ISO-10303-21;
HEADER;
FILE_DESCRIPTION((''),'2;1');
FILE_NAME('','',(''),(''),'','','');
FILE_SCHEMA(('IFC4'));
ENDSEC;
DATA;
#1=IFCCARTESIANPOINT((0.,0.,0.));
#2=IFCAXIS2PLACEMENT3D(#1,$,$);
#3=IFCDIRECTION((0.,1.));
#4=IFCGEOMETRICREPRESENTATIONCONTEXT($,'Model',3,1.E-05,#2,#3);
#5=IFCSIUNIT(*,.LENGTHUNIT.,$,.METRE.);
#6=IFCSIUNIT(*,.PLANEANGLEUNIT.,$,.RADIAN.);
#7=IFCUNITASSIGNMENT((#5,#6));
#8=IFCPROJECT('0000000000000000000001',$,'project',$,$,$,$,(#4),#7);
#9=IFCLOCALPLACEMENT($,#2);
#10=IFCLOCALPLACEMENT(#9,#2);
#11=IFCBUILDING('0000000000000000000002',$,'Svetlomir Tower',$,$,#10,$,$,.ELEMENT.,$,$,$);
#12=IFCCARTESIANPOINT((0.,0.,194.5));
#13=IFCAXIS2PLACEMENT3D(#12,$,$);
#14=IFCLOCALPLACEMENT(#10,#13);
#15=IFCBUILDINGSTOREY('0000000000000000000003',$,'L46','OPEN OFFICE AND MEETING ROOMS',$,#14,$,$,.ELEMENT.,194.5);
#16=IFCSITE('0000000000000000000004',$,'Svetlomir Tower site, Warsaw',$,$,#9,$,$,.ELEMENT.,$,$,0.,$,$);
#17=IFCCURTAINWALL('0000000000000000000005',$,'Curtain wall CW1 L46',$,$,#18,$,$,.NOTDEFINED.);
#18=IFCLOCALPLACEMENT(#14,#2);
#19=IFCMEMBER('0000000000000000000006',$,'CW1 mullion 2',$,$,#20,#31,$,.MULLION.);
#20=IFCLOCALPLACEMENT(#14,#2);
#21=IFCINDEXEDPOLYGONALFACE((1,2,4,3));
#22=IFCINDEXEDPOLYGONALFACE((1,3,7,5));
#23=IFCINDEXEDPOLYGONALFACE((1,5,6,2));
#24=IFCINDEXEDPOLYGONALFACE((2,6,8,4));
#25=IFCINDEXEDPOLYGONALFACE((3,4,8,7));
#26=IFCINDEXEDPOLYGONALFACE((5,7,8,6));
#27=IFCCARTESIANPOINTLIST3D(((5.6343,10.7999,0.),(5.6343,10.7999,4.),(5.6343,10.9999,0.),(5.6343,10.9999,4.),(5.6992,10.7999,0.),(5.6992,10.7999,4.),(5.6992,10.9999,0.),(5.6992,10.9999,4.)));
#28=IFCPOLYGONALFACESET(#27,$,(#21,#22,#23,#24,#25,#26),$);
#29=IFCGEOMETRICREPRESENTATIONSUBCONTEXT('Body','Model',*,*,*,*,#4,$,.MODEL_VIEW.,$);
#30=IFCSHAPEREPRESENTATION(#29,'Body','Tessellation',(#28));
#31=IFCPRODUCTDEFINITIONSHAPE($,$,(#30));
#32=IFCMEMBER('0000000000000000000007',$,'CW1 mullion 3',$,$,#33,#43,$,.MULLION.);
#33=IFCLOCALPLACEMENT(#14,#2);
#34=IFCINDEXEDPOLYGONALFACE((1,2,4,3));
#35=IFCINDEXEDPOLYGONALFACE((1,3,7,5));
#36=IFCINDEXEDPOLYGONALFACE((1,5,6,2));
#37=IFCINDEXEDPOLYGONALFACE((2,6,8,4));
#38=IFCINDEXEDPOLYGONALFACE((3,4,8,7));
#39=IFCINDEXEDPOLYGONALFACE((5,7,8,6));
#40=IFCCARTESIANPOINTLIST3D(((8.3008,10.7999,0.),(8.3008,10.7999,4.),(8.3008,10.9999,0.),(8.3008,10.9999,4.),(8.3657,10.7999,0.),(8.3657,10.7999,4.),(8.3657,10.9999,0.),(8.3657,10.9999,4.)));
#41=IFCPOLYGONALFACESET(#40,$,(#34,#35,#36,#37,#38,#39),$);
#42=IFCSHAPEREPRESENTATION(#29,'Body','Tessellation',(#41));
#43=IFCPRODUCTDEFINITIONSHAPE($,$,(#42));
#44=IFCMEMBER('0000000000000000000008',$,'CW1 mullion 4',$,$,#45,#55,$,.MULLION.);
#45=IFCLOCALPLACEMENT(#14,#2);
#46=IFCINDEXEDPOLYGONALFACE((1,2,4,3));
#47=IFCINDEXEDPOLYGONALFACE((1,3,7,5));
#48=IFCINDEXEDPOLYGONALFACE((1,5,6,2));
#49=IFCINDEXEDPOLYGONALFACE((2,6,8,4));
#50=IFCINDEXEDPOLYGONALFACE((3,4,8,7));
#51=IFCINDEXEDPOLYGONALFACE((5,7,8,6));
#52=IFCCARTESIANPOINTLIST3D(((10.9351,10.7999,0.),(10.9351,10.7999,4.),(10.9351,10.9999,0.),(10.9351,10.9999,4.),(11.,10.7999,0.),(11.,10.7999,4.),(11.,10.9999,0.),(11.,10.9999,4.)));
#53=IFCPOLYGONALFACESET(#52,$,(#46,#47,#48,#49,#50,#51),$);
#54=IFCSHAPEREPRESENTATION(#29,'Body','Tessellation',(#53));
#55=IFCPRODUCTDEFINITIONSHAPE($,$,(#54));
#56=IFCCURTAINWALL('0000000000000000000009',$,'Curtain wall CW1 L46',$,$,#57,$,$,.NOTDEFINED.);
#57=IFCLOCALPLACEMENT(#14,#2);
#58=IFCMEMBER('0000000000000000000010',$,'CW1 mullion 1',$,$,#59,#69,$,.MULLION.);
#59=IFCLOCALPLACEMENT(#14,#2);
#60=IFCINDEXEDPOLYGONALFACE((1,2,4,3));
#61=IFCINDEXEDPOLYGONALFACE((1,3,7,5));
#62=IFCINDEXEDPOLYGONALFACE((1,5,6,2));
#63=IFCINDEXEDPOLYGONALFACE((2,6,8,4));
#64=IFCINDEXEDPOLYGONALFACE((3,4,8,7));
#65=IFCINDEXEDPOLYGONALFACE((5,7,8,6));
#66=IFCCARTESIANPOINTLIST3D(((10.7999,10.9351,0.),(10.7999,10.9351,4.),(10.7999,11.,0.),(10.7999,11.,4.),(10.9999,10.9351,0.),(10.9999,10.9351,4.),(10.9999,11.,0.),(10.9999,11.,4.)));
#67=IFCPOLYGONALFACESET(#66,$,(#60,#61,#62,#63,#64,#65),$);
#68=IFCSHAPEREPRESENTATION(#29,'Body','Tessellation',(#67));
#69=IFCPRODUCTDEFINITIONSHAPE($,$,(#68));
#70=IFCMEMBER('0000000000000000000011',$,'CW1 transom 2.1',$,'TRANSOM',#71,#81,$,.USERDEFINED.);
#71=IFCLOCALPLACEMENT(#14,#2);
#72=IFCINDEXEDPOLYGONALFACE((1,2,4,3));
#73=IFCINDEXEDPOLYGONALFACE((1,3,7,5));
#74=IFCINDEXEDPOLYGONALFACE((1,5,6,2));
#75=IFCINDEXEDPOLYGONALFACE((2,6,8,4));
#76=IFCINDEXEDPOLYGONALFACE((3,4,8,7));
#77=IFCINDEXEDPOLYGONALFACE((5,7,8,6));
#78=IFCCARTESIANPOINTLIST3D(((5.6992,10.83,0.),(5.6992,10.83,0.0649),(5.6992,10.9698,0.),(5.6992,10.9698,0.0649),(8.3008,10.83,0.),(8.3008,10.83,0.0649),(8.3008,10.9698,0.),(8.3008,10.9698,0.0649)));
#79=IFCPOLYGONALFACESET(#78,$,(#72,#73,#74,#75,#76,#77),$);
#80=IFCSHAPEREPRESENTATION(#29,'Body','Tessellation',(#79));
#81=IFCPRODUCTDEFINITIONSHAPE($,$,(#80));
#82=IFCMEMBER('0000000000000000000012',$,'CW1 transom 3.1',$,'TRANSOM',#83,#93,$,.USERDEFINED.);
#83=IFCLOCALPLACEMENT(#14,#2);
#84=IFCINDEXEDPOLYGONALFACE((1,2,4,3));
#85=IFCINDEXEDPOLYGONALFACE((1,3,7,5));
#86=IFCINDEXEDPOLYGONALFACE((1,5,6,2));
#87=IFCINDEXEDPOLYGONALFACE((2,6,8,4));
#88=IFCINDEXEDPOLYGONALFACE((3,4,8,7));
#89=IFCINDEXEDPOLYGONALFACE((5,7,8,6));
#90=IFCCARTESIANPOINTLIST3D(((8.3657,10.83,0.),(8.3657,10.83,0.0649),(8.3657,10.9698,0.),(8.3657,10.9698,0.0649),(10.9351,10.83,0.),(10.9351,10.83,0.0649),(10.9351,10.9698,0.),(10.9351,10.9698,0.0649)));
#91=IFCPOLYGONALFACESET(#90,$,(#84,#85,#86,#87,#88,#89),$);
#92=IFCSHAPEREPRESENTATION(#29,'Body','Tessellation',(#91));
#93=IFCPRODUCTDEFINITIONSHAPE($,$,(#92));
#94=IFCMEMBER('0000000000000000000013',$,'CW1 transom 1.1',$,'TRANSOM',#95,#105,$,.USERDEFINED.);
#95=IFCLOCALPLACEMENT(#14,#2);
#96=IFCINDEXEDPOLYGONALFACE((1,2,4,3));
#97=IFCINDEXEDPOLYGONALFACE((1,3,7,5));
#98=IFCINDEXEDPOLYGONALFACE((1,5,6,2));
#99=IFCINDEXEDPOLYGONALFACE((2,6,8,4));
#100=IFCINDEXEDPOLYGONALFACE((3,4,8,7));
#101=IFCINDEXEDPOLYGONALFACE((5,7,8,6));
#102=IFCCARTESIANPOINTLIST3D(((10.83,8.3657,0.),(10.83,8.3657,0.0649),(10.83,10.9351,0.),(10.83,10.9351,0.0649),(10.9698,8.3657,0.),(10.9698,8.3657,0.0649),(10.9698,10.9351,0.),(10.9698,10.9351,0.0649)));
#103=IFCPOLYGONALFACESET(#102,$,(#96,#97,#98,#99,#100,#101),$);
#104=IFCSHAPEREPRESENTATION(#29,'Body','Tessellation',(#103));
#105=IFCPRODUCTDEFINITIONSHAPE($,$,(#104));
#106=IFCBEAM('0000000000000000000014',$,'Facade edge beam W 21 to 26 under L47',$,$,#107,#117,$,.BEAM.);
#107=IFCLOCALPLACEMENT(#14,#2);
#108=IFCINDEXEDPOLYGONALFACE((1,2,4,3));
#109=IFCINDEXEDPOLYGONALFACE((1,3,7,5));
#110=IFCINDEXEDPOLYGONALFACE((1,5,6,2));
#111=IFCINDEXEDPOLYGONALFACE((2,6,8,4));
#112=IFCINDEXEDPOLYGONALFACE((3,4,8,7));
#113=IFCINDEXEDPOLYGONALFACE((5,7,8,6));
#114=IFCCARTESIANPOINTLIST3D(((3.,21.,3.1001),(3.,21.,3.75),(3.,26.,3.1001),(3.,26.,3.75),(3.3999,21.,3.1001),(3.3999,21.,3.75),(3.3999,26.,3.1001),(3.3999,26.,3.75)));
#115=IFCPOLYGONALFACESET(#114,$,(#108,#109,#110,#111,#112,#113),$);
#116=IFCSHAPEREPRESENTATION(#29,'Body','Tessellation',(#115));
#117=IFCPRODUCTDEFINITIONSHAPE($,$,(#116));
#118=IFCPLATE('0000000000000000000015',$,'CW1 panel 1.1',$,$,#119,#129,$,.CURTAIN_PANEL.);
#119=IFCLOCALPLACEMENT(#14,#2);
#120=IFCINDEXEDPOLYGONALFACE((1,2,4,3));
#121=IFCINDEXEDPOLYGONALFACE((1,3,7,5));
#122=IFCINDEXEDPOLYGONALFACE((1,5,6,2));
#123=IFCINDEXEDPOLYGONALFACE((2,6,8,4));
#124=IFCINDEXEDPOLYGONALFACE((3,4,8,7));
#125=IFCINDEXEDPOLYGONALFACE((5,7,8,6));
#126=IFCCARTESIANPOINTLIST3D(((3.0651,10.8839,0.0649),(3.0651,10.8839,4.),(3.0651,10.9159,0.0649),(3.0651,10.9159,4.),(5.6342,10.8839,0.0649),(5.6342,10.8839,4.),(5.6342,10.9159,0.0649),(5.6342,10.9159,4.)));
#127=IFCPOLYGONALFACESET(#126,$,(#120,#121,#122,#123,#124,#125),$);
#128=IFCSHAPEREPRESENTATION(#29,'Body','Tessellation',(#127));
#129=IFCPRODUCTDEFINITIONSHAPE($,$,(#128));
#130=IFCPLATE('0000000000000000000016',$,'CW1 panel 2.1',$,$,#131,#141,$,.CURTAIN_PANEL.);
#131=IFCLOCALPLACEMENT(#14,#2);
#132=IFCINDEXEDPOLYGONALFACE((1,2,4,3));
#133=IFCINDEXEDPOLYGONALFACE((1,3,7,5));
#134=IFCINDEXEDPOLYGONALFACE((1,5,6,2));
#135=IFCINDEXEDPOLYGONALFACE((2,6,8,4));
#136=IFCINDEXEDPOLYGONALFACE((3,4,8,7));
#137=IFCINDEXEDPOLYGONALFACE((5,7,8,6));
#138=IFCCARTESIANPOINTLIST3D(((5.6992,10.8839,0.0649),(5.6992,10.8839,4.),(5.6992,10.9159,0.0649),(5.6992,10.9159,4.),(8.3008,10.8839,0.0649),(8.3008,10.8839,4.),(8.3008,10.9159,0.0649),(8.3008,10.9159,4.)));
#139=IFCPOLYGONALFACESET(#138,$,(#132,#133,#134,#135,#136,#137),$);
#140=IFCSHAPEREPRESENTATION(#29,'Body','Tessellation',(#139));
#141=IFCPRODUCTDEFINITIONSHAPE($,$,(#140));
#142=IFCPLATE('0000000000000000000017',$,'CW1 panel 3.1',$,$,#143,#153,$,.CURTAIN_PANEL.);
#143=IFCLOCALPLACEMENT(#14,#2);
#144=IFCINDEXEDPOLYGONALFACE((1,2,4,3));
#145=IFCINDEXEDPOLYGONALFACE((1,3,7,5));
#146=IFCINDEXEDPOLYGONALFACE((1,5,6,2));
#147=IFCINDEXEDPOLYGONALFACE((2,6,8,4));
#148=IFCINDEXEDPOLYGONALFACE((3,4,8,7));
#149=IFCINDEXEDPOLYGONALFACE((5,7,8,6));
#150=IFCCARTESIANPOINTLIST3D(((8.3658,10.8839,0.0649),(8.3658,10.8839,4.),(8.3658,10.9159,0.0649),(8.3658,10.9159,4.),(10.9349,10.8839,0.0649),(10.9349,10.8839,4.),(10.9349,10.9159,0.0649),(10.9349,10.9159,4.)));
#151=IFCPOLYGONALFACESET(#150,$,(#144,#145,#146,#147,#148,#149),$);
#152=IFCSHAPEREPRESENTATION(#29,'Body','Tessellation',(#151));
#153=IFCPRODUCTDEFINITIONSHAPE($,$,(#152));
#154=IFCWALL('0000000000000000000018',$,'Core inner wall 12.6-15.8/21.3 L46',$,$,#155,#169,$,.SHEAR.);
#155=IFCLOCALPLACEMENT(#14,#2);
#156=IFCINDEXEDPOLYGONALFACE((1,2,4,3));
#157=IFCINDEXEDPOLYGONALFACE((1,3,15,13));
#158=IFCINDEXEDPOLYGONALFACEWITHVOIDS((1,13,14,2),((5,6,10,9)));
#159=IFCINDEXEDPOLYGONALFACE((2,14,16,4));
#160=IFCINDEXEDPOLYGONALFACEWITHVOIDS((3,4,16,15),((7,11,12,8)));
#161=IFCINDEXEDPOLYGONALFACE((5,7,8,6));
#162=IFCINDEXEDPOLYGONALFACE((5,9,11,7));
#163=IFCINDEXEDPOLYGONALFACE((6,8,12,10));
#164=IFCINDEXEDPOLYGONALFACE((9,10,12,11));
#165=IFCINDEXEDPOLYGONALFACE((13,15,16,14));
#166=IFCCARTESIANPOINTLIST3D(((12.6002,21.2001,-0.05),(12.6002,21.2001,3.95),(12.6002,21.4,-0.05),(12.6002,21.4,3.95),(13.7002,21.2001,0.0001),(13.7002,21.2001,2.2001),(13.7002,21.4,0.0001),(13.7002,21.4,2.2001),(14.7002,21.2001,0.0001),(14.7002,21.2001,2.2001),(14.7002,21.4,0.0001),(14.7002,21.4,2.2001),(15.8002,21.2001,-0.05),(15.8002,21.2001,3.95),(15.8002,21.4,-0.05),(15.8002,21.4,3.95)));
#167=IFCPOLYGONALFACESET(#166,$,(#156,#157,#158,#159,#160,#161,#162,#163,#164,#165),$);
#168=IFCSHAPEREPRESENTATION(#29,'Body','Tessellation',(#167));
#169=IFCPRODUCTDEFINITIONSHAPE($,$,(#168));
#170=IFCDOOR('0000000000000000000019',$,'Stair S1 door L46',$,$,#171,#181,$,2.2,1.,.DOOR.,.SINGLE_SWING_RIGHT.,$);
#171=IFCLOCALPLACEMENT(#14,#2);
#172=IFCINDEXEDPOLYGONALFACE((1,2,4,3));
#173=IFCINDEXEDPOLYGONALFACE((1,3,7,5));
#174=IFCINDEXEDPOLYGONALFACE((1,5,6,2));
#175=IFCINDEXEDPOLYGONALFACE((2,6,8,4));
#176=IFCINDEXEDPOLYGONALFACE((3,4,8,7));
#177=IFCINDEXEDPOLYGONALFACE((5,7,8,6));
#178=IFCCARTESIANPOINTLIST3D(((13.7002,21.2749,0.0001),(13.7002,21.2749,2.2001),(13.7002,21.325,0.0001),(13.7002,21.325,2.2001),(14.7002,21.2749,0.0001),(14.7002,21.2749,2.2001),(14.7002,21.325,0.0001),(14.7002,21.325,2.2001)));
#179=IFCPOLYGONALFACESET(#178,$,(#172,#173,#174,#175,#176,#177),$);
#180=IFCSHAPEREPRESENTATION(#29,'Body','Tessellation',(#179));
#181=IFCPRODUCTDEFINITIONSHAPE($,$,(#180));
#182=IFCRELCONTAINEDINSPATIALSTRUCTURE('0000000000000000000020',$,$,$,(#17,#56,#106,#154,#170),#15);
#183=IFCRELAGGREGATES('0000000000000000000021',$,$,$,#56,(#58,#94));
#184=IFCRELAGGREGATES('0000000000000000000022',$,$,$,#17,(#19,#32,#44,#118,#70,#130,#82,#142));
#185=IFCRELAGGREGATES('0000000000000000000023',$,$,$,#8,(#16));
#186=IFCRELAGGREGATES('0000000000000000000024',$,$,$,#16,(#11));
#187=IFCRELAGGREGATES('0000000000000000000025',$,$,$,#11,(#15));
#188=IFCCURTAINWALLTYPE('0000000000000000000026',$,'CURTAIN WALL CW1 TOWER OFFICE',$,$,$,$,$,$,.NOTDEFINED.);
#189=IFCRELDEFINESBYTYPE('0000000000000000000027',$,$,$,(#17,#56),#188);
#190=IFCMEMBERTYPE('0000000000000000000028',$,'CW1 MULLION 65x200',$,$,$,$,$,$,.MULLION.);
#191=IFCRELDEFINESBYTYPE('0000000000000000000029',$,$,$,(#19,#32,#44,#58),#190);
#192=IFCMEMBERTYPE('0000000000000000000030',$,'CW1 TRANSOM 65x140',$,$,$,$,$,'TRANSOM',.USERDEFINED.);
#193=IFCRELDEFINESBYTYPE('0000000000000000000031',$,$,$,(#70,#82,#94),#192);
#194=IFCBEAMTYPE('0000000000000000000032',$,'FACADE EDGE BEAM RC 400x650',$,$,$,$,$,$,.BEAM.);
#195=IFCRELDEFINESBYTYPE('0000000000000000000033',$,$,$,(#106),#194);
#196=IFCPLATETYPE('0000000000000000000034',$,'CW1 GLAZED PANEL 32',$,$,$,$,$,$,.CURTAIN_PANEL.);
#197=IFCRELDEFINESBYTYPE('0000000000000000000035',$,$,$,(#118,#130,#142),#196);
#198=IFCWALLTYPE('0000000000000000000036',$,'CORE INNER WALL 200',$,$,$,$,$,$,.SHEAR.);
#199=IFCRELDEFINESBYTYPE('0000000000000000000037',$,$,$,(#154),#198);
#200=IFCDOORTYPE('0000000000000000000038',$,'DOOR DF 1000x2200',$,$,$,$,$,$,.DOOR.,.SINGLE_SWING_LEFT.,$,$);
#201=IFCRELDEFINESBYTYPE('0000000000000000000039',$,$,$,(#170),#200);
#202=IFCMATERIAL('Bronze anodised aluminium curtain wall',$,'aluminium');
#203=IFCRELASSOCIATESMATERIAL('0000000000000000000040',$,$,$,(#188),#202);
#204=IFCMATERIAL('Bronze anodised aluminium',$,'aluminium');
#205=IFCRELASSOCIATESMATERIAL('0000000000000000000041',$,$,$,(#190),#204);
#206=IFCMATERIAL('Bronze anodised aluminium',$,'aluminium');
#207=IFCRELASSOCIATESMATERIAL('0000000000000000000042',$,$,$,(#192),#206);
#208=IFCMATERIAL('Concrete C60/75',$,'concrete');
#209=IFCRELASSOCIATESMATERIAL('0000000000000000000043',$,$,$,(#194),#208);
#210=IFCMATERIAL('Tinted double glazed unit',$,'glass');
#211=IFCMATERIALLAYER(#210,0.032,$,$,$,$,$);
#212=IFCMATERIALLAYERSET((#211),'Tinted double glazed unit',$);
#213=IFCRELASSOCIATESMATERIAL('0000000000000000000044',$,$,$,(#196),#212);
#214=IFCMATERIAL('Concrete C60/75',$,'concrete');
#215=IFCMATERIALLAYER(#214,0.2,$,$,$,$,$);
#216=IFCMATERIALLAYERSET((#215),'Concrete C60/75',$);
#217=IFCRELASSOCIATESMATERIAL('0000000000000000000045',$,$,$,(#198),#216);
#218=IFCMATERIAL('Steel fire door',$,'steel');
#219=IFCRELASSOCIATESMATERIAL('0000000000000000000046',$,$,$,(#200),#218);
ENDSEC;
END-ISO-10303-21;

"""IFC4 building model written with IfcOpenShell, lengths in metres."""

from ifc_helpers import new_model, si_unit, direction, frame, frame_2d, origin, origin_2d, place, context, subcontext, project, spatial, rectangle, extrude, material, layer, layer_set, material_profile, profile_set, type_object, element, fill, aggregate, save


model = new_model("IFC4")

# Units and contexts
model_context = context("Model", 3, precision=1e-05, world=origin(), true_north=direction((0.0, 1.0)))
body_context = subcontext(model_context, "Body", "Model", "MODEL_VIEW")
ifc_project = project(units=[si_unit("LENGTHUNIT", "METRE"), si_unit("PLANEANGLEUNIT", "RADIAN")], contexts=[model_context])

# Site, building, storey
site_placement = place(None, origin())
site = spatial("IfcSite", under=ifc_project, at=site_placement, Name="Svetlomir Tower site, Warsaw", CompositionType="ELEMENT", RefElevation=0.0)
building_placement = place(site_placement, origin())
building = spatial("IfcBuilding", under=site, at=building_placement, Name="Svetlomir Tower", CompositionType="ELEMENT")
storey_placement = place(building_placement, frame((0.0, 0.0, 194.5)))
storey = spatial("IfcBuildingStorey", under=building, at=storey_placement, Name="L46", Description="OPEN OFFICE AND MEETING ROOMS", CompositionType="ELEMENT", Elevation=194.5)

# Curtain wall, members
ifc_material_1 = material(Name="Bronze anodised aluminium curtain wall", Category="aluminium")
curtain_wall_type = type_object("IfcCurtainWallType", Name="CURTAIN WALL CW1 TOWER OFFICE", PredefinedType="NOTDEFINED", material=ifc_material_1)
curtain_wall_1_placement = place(storey_placement, origin())
curtain_wall_1 = element("IfcCurtainWall", 1, at=curtain_wall_1_placement, inside=storey, type_object=curtain_wall_type, Name="Curtain wall CW1 L46", PredefinedType="NOTDEFINED")
ifc_material_2 = material(Name="Bronze anodised aluminium", Category="aluminium")
ifc_material_profile_1 = material_profile(ifc_material_2, rectangle(XDim=0.0649, YDim=0.2, at=origin_2d()), Name="AL 65x200")
ifc_profile_set_1 = profile_set([ifc_material_profile_1], Name="Bronze anodised aluminium 6063-T6")
member_type_1 = type_object("IfcMemberType", Name="CW1 MULLION 65x200", PredefinedType="MULLION", material=ifc_profile_set_1)
member_1_placement = place(storey_placement, frame((5.6667, 10.8999, 0.0), z_axis=(0.0, 0.0, 1.0), x_axis=(1.0, 0.0, 0.0)))
member_1 = element("IfcMember", 2, at=member_1_placement, type_object=member_type_1, Name="CW1 mullion 2", PredefinedType="MULLION", context=body_context, shape_type="SweptSolid", body=[
    extrude(rectangle(XDim=0.0649, YDim=0.2, at=origin_2d()), origin(), (0.0, 0.0, 1.0), 4.0),
])
member_2_placement = place(storey_placement, frame((8.3333, 10.8999, 0.0), z_axis=(0.0, 0.0, 1.0), x_axis=(1.0, 0.0, 0.0)))
member_2 = element("IfcMember", 3, at=member_2_placement, type_object=member_type_1, Name="CW1 mullion 3", PredefinedType="MULLION", context=body_context, shape_type="SweptSolid", body=[
    extrude(rectangle(XDim=0.0649, YDim=0.2, at=origin_2d()), origin(), (0.0, 0.0, 1.0), 4.0),
])
member_3_placement = place(storey_placement, frame((10.9675, 10.8999, 0.0), z_axis=(0.0, 0.0, 1.0), x_axis=(1.0, 0.0, 0.0)))
member_3 = element("IfcMember", 4, at=member_3_placement, type_object=member_type_1, Name="CW1 mullion 4", PredefinedType="MULLION", context=body_context, shape_type="SweptSolid", body=[
    extrude(rectangle(XDim=0.0649, YDim=0.2, at=origin_2d()), origin(), (0.0, 0.0, 1.0), 4.0),
])

# Curtain wall, member
curtain_wall_2_placement = place(storey_placement, origin())
curtain_wall_2 = element("IfcCurtainWall", 5, at=curtain_wall_2_placement, inside=storey, type_object=curtain_wall_type, Name="Curtain wall CW1 L46", PredefinedType="NOTDEFINED")
member_4_placement = place(storey_placement, frame((10.8999, 10.9675, 0.0), z_axis=(0.0, 0.0, 1.0), x_axis=(0.0, -1.0, 0.0)))
member_4 = element("IfcMember", 6, at=member_4_placement, type_object=member_type_1, Name="CW1 mullion 1", PredefinedType="MULLION", context=body_context, shape_type="SweptSolid", body=[
    extrude(rectangle(XDim=0.0649, YDim=0.2, at=origin_2d()), origin(), (0.0, 0.0, 1.0), 4.0),
])

# Members
ifc_material_3 = material(Name="Bronze anodised aluminium", Category="aluminium")
ifc_material_profile_2 = material_profile(ifc_material_3, rectangle(XDim=0.1399, YDim=0.0649, at=origin_2d()), Name="AL 140x65")
ifc_profile_set_2 = profile_set([ifc_material_profile_2], Name="Bronze anodised aluminium 6063-T6")
member_type_2 = type_object("IfcMemberType", Name="CW1 TRANSOM 65x140", ElementType="TRANSOM", PredefinedType="USERDEFINED", material=ifc_profile_set_2)
member_5_placement = place(storey_placement, frame((5.6992, 10.8999, 0.0325), z_axis=(1.0, 0.0, 0.0), x_axis=(0.0, 1.0, 0.0)))
member_5 = element("IfcMember", 7, at=member_5_placement, type_object=member_type_2, Name="CW1 transom 2.1", ObjectType="TRANSOM", PredefinedType="USERDEFINED", context=body_context, shape_type="SweptSolid", body=[
    extrude(rectangle(XDim=0.1399, YDim=0.0649, at=origin_2d()), origin(), (0.0, 0.0, 1.0), 2.6016),
])
member_6_placement = place(storey_placement, frame((8.3657, 10.8999, 0.0325), z_axis=(1.0, 0.0, 0.0), x_axis=(0.0, 1.0, 0.0)))
member_6 = element("IfcMember", 8, at=member_6_placement, type_object=member_type_2, Name="CW1 transom 3.1", ObjectType="TRANSOM", PredefinedType="USERDEFINED", context=body_context, shape_type="SweptSolid", body=[
    extrude(rectangle(XDim=0.1399, YDim=0.0649, at=origin_2d()), origin(), (0.0, 0.0, 1.0), 2.5693),
])
member_7_placement = place(storey_placement, frame((10.8999, 10.9351, 0.0325), z_axis=(0.0, -1.0, 0.0), x_axis=(1.0, 0.0, 0.0)))
member_7 = element("IfcMember", 9, at=member_7_placement, type_object=member_type_2, Name="CW1 transom 1.1", ObjectType="TRANSOM", PredefinedType="USERDEFINED", context=body_context, shape_type="SweptSolid", body=[
    extrude(rectangle(XDim=0.1399, YDim=0.0649, at=origin_2d()), origin(), (0.0, 0.0, 1.0), 2.5693),
])
aggregate(curtain_wall_2, [member_4, member_7])

# Beam
ifc_material_4 = material(Name="Concrete C60/75", Category="concrete")
ifc_material_profile_3 = material_profile(ifc_material_4, rectangle(XDim=0.3999, YDim=0.6499, at=origin_2d()), Name="RC 400x650")
ifc_profile_set_3 = profile_set([ifc_material_profile_3], Name="Concrete C60/75")
beam_type = type_object("IfcBeamType", Name="FACADE EDGE BEAM RC 400x650", PredefinedType="BEAM", material=ifc_profile_set_3)
beam_placement = place(storey_placement, frame((3.2, 21.0, 3.425), z_axis=(0.0, 1.0, 0.0), x_axis=(-1.0, 0.0, 0.0)))
element("IfcBeam", 10, at=beam_placement, inside=storey, type_object=beam_type, Name="Facade edge beam W 21 to 26 under L47", PredefinedType="BEAM", context=body_context, shape_type="SweptSolid", body=[
    extrude(rectangle(XDim=0.3999, YDim=0.6499, at=origin_2d()), origin(), (0.0, 0.0, 1.0), 5.0),
])

# Plates
ifc_material_5 = material(Name="Tinted double glazed unit", Category="glass")
ifc_layer_1 = layer(ifc_material_5, 0.032)
ifc_layer_set_1 = layer_set([ifc_layer_1], Name="Tinted double glazed unit")
plate_type = type_object("IfcPlateType", Name="CW1 GLAZED PANEL 32", PredefinedType="CURTAIN_PANEL", material=ifc_layer_set_1)
plate_1_placement = place(storey_placement, frame((4.3496, 10.8999, 0.0649), z_axis=(0.0, 0.0, 1.0), x_axis=(1.0, 0.0, 0.0)))
plate_1 = element("IfcPlate", 11, at=plate_1_placement, type_object=plate_type, Name="CW1 panel 1.1", PredefinedType="CURTAIN_PANEL", context=body_context, shape_type="SweptSolid", body=[
    extrude(rectangle(XDim=2.5691, YDim=0.032, at=origin_2d()), origin(), (0.0, 0.0, 1.0), 3.9351),
])
plate_2_placement = place(storey_placement, frame((7.0, 10.8999, 0.0649), z_axis=(0.0, 0.0, 1.0), x_axis=(1.0, 0.0, 0.0)))
plate_2 = element("IfcPlate", 12, at=plate_2_placement, type_object=plate_type, Name="CW1 panel 2.1", PredefinedType="CURTAIN_PANEL", context=body_context, shape_type="SweptSolid", body=[
    extrude(rectangle(XDim=2.6016, YDim=0.032, at=origin_2d()), origin(), (0.0, 0.0, 1.0), 3.9351),
])
plate_3_placement = place(storey_placement, frame((9.6504, 10.8999, 0.0649), z_axis=(0.0, 0.0, 1.0), x_axis=(1.0, 0.0, 0.0)))
plate_3 = element("IfcPlate", 13, at=plate_3_placement, type_object=plate_type, Name="CW1 panel 3.1", PredefinedType="CURTAIN_PANEL", context=body_context, shape_type="SweptSolid", body=[
    extrude(rectangle(XDim=2.5691, YDim=0.032, at=origin_2d()), origin(), (0.0, 0.0, 1.0), 3.9351),
])
aggregate(curtain_wall_1, [member_1, member_2, member_3, plate_1, member_5, plate_2, member_6, plate_3])

# Wall, opening, door
ifc_material_6 = material(Name="Concrete C60/75", Category="concrete")
ifc_layer_2 = layer(ifc_material_6, 0.2)
ifc_layer_set_2 = layer_set([ifc_layer_2], Name="Concrete C60/75")
wall_type_1 = type_object("IfcWallType", Name="CORE INNER WALL 200", PredefinedType="SHEAR", material=ifc_layer_set_2)
wall_1_placement = place(storey_placement, frame((12.6001, 21.3, -0.05), z_axis=(0.0, 0.0, 1.0), x_axis=(1.0, 0.0, 0.0)))
wall_1 = element("IfcWall", 14, at=wall_1_placement, inside=storey, type_object=wall_type_1, Name="Core inner wall 12.6-15.8/21.3 L46", PredefinedType="SHEAR", context=body_context, shape_type="SweptSolid", body=[
    extrude(rectangle(XDim=3.2, YDim=0.2, at=frame_2d((1.6001, 0.0))), origin(), (0.0, 0.0, 1.0), 4.0),
])
opening_1_placement = place(wall_1_placement, frame((1.1001, 0.0, 0.05)))
opening_1 = element("IfcOpeningElement", 15, at=opening_1_placement, cuts=wall_1, PredefinedType="OPENING", context=body_context, shape_type="SweptSolid", body=[
    extrude(rectangle(XDim=1.0, YDim=2.2, at=frame_2d((0.5, 1.1001))), frame((0.0, 0.1099, 0.0), z_axis=(0.0, -1.0, 0.0), x_axis=(1.0, 0.0, 0.0)), (0.0, 0.0, 1.0), 0.22),
])
ifc_material_7 = material(Name="Steel fire door", Category="steel")
door_type_1 = type_object("IfcDoorType", Name="DOOR DF 1000x2200", OperationType="SINGLE_SWING_LEFT", PredefinedType="DOOR", material=ifc_material_7)
door_1_placement = place(opening_1_placement, origin())
door_1 = element("IfcDoor", 16, at=door_1_placement, inside=storey, type_object=door_type_1, Name="Stair S1 door L46", OperationType="SINGLE_SWING_RIGHT", OverallHeight=2.2, OverallWidth=1.0, PredefinedType="DOOR", context=body_context, shape_type="SweptSolid", body=[
    extrude(rectangle(XDim=1.0, YDim=2.2, at=frame_2d((0.5, 1.1001))), frame((0.0, 0.0249, 0.0), z_axis=(0.0, -1.0, 0.0), x_axis=(1.0, 0.0, 0.0)), (0.0, 0.0, 1.0), 0.05),
])
fill(opening_1, door_1)

save(model, "model.ifc")
